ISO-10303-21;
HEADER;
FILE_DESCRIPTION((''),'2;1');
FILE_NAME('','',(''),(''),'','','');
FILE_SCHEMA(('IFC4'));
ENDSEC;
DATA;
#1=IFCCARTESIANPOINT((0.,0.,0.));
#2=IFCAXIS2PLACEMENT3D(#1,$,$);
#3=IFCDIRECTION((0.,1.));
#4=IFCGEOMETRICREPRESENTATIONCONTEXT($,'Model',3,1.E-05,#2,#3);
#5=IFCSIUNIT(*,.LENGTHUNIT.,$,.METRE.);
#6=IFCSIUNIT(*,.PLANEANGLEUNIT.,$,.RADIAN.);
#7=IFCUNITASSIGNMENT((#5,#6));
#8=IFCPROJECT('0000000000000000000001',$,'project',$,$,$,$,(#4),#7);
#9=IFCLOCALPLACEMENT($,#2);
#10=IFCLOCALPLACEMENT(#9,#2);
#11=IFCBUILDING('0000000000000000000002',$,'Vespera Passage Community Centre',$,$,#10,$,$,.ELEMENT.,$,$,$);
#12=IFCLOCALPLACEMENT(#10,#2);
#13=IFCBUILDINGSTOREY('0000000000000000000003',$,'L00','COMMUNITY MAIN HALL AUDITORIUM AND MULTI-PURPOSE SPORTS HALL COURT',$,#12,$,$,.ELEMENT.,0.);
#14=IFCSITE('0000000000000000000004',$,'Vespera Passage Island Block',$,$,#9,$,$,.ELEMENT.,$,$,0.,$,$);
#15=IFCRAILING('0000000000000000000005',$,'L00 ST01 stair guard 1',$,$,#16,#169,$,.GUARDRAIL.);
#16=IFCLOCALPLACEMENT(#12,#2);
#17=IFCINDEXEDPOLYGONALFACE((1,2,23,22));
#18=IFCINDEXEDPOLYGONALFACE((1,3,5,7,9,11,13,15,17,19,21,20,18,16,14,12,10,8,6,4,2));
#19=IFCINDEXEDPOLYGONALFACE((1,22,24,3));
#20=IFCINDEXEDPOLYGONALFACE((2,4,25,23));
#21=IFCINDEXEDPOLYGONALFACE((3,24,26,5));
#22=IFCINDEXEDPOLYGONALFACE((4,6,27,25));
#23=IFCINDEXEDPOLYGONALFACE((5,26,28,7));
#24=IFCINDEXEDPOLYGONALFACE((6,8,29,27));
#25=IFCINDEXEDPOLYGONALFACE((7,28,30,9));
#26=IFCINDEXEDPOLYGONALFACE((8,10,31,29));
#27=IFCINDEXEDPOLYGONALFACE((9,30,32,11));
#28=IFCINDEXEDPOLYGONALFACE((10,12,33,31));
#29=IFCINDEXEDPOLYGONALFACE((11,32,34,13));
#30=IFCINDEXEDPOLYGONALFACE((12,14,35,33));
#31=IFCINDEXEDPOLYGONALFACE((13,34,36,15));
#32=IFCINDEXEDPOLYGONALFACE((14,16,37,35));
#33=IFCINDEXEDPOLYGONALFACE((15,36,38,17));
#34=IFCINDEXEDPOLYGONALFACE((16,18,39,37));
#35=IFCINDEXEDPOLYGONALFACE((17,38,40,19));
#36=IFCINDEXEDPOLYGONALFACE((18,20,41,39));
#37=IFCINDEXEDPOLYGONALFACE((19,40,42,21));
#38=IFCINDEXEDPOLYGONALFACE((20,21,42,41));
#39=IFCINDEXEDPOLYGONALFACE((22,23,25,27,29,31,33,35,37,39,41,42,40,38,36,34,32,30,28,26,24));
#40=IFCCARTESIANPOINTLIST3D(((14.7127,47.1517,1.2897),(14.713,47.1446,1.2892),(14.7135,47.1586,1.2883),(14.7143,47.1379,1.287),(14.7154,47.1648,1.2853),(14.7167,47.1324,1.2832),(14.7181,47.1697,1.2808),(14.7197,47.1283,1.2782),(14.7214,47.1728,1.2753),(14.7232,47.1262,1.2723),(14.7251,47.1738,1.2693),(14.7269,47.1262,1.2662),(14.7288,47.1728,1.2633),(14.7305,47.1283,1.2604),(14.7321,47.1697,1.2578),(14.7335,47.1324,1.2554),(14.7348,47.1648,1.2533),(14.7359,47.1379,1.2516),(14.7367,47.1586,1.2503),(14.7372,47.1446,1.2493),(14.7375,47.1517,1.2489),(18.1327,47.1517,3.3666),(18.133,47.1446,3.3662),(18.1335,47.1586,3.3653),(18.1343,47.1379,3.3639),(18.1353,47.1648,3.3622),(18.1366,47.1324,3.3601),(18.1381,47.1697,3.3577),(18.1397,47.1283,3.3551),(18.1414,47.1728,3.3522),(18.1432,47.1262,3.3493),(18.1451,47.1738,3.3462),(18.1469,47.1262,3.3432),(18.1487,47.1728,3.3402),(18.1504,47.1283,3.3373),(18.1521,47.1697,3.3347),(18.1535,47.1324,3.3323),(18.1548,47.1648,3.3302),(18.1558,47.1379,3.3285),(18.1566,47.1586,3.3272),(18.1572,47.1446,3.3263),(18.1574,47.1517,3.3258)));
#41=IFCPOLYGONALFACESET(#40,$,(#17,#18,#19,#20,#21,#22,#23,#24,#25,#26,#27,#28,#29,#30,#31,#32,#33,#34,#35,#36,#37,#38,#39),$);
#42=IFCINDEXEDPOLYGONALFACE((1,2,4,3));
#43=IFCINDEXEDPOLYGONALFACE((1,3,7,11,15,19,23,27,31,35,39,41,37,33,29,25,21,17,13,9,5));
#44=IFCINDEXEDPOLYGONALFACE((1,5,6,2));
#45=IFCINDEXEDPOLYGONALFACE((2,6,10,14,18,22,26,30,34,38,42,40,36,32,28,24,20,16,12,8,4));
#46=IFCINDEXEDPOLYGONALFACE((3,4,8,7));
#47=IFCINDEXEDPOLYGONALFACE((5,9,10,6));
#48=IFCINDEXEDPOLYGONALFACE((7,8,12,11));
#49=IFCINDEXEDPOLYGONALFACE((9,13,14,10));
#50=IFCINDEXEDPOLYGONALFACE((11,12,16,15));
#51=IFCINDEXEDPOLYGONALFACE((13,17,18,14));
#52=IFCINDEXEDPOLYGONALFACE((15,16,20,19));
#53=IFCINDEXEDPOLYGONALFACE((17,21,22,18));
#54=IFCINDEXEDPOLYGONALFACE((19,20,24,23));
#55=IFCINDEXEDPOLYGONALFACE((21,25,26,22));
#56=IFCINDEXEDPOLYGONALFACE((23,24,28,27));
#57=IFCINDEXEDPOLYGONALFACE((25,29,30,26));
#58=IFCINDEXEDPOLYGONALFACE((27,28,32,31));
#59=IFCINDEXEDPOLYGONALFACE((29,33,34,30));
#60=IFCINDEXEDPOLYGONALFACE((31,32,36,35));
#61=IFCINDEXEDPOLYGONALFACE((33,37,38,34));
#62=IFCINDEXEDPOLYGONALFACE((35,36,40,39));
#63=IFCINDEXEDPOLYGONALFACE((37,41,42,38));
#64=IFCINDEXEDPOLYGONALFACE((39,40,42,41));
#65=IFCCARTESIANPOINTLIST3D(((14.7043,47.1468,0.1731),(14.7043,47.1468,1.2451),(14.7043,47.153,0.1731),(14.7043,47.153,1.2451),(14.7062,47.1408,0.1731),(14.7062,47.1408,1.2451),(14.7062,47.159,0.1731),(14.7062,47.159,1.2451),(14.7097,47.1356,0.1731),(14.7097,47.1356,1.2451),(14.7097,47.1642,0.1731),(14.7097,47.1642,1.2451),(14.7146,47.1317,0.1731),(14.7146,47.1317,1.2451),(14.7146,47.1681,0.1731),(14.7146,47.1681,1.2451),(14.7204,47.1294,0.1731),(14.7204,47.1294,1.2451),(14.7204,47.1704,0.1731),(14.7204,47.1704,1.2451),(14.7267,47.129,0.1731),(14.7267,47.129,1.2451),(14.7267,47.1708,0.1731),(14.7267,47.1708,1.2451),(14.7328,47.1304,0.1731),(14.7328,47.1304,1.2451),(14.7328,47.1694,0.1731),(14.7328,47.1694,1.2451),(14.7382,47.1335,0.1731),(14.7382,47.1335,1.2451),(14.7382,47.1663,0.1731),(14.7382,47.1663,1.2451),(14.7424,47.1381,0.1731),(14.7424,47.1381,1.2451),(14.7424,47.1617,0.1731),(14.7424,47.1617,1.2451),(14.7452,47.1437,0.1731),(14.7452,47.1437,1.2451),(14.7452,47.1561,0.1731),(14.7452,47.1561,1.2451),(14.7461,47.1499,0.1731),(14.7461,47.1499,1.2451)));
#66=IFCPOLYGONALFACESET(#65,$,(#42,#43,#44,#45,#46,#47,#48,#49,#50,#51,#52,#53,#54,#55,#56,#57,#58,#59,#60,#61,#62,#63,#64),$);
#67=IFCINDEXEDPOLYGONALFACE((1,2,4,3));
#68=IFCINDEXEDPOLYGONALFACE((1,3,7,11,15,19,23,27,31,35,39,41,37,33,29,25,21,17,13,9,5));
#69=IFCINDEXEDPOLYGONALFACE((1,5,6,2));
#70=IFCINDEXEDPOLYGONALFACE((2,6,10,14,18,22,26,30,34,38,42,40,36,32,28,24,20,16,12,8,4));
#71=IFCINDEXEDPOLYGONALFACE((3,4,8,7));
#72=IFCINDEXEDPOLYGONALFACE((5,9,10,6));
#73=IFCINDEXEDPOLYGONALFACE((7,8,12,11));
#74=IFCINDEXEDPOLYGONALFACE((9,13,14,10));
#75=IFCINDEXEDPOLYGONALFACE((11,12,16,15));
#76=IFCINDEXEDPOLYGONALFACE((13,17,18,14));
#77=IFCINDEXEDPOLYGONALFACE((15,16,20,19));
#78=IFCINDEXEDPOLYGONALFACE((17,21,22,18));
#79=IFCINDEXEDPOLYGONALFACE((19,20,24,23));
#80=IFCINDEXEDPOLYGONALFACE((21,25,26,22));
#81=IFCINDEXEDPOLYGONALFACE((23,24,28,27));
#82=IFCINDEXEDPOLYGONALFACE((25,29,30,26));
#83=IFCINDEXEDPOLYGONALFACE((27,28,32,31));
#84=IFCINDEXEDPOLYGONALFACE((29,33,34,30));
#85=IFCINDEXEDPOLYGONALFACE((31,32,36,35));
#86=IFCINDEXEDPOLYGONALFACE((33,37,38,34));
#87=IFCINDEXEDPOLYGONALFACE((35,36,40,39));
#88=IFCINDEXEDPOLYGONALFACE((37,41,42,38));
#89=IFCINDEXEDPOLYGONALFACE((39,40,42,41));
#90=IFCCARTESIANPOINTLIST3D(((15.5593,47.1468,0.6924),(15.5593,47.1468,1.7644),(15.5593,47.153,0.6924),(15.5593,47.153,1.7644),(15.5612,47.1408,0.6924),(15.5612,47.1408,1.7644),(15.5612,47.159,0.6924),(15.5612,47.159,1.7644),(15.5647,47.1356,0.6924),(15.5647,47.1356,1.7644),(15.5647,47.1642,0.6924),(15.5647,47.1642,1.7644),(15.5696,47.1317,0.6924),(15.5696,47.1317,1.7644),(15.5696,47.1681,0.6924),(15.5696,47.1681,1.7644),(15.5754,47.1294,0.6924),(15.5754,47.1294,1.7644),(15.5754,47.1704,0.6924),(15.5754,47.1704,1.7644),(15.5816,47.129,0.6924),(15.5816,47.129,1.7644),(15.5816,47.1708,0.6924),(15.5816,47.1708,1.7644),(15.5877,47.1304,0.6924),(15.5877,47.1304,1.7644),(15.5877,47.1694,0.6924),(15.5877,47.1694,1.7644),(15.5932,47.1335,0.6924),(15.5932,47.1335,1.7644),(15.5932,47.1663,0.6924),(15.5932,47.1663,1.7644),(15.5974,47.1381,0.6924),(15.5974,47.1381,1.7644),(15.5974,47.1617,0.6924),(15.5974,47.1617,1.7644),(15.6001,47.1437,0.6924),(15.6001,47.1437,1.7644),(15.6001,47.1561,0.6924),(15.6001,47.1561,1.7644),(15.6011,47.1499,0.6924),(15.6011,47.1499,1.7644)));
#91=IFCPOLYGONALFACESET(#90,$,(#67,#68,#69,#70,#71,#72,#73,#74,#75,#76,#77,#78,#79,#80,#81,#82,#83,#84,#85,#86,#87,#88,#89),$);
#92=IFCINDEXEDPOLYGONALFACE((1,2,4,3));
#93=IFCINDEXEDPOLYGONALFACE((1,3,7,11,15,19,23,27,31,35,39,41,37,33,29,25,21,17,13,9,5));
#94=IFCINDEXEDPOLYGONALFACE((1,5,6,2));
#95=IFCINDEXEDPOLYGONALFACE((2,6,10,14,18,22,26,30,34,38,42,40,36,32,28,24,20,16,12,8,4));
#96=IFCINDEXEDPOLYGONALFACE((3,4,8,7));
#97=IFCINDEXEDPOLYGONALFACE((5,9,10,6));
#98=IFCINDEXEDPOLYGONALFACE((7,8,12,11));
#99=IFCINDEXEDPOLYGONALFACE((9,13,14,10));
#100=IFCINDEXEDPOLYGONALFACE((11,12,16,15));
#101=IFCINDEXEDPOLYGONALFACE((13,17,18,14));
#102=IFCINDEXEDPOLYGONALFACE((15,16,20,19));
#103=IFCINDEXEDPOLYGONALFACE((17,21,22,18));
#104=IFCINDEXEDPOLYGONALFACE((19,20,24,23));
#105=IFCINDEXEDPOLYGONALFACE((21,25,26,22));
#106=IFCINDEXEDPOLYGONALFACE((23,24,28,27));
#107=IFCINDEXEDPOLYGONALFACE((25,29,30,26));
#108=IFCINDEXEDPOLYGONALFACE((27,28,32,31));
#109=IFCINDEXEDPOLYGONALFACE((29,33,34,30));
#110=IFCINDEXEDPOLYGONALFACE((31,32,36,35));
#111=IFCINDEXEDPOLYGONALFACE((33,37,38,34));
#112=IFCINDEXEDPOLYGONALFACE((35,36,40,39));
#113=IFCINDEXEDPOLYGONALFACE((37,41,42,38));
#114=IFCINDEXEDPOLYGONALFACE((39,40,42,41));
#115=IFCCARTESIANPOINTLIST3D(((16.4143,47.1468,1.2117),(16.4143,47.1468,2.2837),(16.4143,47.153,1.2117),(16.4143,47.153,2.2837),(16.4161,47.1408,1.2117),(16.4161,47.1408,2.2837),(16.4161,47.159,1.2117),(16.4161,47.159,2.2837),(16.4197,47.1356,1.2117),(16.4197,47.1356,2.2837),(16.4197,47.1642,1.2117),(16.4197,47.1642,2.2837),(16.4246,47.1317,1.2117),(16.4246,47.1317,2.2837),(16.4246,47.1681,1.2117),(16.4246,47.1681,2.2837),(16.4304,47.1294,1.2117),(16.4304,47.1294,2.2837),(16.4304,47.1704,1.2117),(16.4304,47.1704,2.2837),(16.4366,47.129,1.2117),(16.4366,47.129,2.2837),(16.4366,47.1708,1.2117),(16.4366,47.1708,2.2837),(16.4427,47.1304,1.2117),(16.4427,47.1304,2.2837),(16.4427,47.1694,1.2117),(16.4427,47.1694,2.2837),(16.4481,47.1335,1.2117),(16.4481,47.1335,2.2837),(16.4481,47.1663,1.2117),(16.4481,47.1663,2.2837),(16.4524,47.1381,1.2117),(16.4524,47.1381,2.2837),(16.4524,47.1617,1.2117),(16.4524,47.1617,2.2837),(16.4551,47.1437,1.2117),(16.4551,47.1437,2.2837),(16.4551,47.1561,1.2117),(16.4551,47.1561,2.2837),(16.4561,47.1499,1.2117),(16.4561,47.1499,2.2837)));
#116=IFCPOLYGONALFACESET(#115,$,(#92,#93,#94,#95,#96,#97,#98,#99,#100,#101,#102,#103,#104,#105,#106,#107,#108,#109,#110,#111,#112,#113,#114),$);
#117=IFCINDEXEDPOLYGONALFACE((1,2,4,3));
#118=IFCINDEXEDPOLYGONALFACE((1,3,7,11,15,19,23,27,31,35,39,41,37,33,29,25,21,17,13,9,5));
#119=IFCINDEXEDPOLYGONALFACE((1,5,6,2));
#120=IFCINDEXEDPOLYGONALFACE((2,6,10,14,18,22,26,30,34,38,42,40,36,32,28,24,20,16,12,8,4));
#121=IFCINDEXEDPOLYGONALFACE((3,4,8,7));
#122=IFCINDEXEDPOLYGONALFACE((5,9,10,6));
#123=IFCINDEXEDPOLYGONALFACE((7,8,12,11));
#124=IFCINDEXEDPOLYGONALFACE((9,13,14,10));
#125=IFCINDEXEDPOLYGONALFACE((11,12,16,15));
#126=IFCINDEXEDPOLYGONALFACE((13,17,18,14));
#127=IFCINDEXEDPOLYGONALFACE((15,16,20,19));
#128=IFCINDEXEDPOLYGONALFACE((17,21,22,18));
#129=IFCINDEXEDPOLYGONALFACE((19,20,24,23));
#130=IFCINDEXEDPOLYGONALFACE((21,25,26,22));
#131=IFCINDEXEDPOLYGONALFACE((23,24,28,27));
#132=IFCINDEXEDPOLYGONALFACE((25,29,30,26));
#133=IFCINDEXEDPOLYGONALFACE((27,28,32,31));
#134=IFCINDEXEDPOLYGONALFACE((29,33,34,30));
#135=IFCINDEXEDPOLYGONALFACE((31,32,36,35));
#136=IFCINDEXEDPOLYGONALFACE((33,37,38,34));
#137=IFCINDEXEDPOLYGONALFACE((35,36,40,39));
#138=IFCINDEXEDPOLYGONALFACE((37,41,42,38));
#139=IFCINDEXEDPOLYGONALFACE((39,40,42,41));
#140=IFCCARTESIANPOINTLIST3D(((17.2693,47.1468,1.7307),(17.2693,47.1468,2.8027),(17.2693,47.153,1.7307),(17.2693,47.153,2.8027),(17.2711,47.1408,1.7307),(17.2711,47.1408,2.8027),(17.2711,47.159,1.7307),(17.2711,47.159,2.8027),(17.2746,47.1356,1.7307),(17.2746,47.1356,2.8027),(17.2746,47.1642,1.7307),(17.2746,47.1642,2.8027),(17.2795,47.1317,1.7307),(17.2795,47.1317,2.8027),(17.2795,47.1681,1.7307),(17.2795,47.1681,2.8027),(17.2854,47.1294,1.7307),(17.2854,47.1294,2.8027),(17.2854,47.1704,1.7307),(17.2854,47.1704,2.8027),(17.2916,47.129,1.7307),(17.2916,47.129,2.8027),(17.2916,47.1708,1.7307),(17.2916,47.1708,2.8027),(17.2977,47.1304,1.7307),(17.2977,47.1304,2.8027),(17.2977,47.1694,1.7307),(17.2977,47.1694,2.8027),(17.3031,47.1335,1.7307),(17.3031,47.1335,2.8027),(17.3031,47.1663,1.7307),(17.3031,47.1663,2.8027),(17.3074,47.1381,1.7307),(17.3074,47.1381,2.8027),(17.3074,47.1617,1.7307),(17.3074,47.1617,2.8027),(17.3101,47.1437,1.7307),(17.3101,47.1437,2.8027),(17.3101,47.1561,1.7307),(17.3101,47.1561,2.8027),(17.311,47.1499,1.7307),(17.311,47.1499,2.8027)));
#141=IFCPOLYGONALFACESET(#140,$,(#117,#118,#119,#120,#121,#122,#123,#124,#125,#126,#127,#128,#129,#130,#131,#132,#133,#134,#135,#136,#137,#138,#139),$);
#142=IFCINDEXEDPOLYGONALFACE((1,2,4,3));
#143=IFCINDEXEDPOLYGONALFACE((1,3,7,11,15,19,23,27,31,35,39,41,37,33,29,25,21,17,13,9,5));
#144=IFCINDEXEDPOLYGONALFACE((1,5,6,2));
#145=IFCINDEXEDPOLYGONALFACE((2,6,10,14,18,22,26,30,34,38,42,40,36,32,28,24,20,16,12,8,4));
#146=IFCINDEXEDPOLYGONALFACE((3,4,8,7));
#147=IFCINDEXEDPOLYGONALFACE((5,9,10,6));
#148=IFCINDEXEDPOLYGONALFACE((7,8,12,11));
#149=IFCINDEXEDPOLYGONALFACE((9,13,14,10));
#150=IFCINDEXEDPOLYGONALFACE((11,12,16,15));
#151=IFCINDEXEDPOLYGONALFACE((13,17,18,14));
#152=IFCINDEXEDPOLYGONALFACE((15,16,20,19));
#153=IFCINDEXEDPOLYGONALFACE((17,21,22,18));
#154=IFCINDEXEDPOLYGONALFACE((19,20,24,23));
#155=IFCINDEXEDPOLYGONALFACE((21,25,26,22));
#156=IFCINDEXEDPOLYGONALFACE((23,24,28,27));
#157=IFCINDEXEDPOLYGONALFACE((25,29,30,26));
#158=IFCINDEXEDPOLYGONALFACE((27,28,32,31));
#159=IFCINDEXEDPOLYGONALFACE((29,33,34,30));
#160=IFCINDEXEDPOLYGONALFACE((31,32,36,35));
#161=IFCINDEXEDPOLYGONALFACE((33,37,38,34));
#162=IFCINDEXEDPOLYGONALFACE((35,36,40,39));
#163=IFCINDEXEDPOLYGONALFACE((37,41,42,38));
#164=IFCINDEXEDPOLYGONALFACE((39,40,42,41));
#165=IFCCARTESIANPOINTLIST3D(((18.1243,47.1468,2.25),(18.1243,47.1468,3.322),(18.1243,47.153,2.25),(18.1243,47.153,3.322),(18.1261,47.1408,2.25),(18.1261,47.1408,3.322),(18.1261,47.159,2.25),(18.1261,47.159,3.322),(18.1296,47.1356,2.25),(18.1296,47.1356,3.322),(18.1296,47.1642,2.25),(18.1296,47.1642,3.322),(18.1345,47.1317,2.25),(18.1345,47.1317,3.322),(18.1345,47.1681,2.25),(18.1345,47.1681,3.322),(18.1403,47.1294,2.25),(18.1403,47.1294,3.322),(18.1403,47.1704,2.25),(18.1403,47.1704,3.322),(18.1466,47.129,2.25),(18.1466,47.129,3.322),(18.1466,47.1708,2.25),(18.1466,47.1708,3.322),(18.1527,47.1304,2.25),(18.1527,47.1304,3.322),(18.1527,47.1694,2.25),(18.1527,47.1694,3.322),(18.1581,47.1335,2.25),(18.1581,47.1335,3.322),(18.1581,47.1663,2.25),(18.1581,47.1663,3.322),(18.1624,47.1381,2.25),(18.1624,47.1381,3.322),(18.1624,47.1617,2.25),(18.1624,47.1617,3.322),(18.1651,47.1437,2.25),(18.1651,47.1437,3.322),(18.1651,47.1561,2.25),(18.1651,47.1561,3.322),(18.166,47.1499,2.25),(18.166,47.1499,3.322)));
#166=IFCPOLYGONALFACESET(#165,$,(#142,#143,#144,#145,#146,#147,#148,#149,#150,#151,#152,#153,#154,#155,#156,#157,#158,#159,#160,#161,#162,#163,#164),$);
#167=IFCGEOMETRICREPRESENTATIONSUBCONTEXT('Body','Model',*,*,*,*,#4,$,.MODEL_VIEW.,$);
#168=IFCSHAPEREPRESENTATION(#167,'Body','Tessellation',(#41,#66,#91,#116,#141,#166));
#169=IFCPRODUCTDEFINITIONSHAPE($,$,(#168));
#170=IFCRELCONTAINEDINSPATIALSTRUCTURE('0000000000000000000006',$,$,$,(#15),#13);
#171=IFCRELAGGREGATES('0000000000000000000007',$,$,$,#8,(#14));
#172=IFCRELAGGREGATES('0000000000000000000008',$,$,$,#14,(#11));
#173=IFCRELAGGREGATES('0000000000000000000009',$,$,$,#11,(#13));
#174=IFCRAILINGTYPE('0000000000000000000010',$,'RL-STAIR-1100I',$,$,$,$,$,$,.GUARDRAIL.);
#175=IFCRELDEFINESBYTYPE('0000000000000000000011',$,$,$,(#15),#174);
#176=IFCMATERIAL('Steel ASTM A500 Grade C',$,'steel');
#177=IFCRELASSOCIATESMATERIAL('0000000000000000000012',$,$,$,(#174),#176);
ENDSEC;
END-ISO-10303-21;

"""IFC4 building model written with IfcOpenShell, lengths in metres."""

from ifc_helpers import new_model, si_unit, direction, frame, origin, origin_2d, place, context, subcontext, project, spatial, circle, extrude, material, type_object, element, save


model = new_model("IFC4")

# Units and contexts
model_context = context("Model", 3, precision=1e-05, world=origin(), true_north=direction((0.0, 1.0)))
body_context = subcontext(model_context, "Body", "Model", "MODEL_VIEW")
ifc_project = project(units=[si_unit("LENGTHUNIT", "METRE"), si_unit("PLANEANGLEUNIT", "RADIAN")], contexts=[model_context])

# Site, building, storey
site_placement = place(None, origin())
site = spatial("IfcSite", under=ifc_project, at=site_placement, Name="Vespera Passage Island Block", CompositionType="ELEMENT", RefElevation=0.0)
building_placement = place(site_placement, origin())
building = spatial("IfcBuilding", under=site, at=building_placement, Name="Vespera Passage Community Centre", CompositionType="ELEMENT")
storey_placement = place(building_placement, origin())
storey = spatial("IfcBuildingStorey", under=building, at=storey_placement, Name="L00", Description="COMMUNITY MAIN HALL AUDITORIUM AND MULTI-PURPOSE SPORTS HALL COURT", CompositionType="ELEMENT", Elevation=0.0)

# Railing
ifc_material_1 = material(Name="Steel ASTM A500 Grade C", Category="steel")
railing_type_1 = type_object("IfcRailingType", Name="RL-STAIR-1100I", PredefinedType="GUARDRAIL", material=ifc_material_1)
railing_1_placement = place(storey_placement, frame((14.7251, 47.1499, 0.1731)))
element("IfcRailing", 1, at=railing_1_placement, inside=storey, type_object=railing_type_1, Name="L00 ST01 stair guard 1", PredefinedType="GUARDRAIL", context=body_context, shape_type="SweptSolid", body=[
    extrude(circle(Radius=0.0239, at=origin_2d()), frame((0.0, 0.0, 1.0962), z_axis=(0.85473, 0.0, 0.519074), x_axis=(0.0, 1.0, 0.0)), (0.0, 0.0, 1.0), 4.0012),
    extrude(circle(Radius=0.021, at=origin_2d()), origin(), (0.0, 0.0, 1.0), 1.072),
    extrude(circle(Radius=0.021, at=origin_2d()), frame((0.855, 0.0, 0.5193)), (0.0, 0.0, 1.0), 1.072),
    extrude(circle(Radius=0.021, at=origin_2d()), frame((1.71, 0.0, 1.0386)), (0.0, 0.0, 1.0), 1.072),
    extrude(circle(Radius=0.021, at=origin_2d()), frame((2.5649, 0.0, 1.5576)), (0.0, 0.0, 1.0), 1.072),
    extrude(circle(Radius=0.021, at=origin_2d()), frame((3.4199, 0.0, 2.0769)), (0.0, 0.0, 1.0), 1.072),
])

save(model, "model.ifc")
